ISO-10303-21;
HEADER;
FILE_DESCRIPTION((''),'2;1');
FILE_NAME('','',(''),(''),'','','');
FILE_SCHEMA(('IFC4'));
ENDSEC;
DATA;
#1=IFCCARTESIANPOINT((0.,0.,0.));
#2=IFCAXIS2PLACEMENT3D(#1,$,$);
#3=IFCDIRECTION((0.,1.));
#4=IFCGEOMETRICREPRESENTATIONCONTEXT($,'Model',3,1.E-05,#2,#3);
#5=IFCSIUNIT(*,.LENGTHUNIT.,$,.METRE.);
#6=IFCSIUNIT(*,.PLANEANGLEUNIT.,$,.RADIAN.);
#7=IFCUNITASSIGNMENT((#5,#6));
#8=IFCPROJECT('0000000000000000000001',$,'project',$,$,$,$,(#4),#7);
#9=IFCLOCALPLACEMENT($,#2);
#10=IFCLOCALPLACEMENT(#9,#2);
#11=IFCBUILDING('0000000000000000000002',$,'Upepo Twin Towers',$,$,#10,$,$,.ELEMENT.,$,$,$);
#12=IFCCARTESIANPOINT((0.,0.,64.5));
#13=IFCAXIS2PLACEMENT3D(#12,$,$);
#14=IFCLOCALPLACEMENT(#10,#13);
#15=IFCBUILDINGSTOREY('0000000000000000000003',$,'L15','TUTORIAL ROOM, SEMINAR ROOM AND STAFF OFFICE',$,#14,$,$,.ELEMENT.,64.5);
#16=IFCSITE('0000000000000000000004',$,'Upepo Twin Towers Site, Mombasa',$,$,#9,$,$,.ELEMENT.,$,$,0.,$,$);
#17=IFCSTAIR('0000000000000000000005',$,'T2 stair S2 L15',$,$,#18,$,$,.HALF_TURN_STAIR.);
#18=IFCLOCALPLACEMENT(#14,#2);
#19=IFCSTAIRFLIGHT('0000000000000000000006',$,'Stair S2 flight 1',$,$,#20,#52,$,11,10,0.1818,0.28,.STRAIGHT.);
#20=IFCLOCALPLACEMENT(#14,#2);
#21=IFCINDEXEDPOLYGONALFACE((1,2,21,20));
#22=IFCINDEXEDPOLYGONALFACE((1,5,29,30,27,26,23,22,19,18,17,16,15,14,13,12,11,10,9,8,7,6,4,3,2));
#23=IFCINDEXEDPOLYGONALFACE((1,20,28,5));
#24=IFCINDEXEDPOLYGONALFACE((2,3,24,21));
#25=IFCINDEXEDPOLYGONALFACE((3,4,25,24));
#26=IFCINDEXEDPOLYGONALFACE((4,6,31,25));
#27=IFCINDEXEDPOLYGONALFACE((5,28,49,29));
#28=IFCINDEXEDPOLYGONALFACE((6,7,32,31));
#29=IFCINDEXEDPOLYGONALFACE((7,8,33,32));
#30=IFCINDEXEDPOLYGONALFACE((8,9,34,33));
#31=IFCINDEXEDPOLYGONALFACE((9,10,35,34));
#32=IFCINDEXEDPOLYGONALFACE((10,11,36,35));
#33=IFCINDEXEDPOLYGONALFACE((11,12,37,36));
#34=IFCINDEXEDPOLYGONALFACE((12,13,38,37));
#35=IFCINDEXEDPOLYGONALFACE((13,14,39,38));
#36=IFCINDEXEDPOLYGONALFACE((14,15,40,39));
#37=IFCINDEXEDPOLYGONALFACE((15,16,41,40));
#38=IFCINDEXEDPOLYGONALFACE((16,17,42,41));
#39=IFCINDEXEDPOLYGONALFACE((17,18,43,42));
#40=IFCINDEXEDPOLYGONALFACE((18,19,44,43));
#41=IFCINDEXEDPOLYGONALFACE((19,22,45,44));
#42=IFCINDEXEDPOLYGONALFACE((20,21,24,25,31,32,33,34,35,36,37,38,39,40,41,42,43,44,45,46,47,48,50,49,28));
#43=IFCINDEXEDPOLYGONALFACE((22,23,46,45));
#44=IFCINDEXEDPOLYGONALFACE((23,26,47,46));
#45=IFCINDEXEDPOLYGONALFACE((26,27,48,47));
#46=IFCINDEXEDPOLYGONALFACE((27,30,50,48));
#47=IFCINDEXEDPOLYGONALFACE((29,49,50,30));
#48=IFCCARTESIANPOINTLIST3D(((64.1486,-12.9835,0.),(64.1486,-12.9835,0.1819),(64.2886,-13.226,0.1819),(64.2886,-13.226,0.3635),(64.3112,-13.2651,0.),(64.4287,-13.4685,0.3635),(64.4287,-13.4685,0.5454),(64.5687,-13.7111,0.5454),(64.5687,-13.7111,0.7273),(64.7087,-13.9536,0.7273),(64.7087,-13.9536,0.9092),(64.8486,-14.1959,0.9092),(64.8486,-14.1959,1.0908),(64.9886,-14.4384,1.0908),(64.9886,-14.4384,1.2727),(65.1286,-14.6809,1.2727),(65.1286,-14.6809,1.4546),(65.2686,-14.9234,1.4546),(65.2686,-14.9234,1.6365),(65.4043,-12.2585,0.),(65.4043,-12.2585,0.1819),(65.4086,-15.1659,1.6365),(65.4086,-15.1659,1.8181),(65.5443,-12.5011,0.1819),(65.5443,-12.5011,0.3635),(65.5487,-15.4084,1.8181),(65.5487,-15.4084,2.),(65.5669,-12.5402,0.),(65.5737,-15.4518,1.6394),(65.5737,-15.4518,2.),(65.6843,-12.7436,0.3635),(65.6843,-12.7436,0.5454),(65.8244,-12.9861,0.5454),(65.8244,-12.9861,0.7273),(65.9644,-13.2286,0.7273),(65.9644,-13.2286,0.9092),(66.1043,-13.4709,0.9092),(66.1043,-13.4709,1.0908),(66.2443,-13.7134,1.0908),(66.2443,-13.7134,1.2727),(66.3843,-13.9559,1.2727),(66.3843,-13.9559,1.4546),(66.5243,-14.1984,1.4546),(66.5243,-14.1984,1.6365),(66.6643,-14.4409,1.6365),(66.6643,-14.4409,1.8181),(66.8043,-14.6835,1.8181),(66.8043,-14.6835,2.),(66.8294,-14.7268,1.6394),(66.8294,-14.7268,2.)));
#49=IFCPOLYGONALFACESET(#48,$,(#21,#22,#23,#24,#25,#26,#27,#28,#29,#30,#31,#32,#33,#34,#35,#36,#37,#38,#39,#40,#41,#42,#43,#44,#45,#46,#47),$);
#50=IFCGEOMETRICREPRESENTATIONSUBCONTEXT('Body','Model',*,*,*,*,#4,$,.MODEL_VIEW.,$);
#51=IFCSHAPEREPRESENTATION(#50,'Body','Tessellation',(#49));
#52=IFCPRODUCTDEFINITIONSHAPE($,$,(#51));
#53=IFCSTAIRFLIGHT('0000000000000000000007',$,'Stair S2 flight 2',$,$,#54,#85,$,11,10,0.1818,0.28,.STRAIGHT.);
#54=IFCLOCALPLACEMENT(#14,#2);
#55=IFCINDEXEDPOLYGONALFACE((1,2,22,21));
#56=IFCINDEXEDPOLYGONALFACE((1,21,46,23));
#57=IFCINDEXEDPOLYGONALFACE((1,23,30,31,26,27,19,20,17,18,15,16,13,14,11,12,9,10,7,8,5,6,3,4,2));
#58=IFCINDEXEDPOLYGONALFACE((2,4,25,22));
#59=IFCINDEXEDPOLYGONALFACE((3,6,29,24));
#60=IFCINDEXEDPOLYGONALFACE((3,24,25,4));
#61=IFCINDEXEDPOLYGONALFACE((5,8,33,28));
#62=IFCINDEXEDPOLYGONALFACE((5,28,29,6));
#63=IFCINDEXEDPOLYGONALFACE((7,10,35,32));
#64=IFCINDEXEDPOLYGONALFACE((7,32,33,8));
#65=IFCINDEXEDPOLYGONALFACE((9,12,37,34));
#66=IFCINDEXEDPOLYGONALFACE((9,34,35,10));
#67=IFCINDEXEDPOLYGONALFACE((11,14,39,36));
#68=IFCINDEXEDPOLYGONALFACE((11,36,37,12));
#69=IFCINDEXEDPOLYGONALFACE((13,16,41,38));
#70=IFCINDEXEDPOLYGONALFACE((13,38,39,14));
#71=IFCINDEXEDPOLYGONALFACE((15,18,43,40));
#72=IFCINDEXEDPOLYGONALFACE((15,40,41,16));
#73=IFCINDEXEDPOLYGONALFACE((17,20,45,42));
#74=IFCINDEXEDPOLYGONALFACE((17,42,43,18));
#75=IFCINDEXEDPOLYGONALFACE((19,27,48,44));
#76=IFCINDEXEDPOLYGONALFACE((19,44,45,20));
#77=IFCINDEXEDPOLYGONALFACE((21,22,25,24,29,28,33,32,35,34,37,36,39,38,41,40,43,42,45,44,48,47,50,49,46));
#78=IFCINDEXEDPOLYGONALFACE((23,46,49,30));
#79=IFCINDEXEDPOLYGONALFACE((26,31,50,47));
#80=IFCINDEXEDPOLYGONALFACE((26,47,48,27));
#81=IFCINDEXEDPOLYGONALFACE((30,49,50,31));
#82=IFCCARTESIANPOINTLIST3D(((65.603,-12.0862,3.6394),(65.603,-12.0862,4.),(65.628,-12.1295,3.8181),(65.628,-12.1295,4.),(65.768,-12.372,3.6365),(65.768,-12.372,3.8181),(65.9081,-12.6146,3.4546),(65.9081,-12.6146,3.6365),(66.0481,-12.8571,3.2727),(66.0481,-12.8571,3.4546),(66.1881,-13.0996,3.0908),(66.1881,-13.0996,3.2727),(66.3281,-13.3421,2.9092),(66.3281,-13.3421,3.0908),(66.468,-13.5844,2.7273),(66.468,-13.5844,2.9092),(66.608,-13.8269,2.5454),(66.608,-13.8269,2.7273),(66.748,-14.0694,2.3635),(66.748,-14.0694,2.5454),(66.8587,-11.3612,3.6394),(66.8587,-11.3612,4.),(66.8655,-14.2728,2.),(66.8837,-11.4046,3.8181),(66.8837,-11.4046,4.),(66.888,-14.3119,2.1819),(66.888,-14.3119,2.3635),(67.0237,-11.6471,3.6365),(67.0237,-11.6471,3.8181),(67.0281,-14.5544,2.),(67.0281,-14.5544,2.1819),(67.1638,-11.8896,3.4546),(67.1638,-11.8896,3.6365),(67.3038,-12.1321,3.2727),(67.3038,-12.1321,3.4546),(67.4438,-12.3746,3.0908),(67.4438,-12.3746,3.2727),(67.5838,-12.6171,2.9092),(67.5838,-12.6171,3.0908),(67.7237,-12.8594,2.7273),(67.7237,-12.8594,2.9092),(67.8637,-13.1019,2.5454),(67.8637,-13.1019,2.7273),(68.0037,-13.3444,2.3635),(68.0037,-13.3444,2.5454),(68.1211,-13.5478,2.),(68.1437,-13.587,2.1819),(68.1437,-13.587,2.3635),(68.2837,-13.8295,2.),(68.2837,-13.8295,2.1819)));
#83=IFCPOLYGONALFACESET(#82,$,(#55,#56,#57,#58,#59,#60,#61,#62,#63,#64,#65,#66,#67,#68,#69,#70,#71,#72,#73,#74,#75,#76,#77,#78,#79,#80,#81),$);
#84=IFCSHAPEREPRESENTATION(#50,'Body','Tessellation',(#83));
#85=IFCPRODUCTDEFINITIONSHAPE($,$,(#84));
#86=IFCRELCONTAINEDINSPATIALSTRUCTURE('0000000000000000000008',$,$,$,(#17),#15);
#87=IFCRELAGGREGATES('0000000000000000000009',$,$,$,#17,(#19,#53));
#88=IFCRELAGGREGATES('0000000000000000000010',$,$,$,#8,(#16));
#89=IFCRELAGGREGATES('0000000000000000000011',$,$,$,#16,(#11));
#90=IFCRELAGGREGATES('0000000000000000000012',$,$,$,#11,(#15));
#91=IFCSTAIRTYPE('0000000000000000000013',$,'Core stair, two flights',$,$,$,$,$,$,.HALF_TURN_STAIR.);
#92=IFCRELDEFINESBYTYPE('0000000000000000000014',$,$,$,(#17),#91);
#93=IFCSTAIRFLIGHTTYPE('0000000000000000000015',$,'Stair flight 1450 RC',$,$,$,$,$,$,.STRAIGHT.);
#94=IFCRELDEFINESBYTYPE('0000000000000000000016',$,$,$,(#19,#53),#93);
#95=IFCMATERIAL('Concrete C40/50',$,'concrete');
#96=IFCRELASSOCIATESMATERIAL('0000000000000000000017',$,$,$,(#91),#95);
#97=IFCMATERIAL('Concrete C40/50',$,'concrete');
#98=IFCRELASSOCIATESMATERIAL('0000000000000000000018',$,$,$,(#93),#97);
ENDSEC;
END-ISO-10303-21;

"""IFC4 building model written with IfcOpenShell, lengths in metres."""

from ifc_helpers import new_model, si_unit, direction, frame, origin, place, context, subcontext, project, spatial, polyline, outline, extrude, material, type_object, element, aggregate, save


model = new_model("IFC4")

# Units and contexts
model_context = context("Model", 3, precision=1e-05, world=origin(), true_north=direction((0.0, 1.0)))
body_context = subcontext(model_context, "Body", "Model", "MODEL_VIEW")
ifc_project = project(units=[si_unit("LENGTHUNIT", "METRE"), si_unit("PLANEANGLEUNIT", "RADIAN")], contexts=[model_context])

# Site, building, storey
site_placement = place(None, origin())
site = spatial("IfcSite", under=ifc_project, at=site_placement, Name="Upepo Twin Towers Site, Mombasa", CompositionType="ELEMENT", RefElevation=0.0)
building_placement = place(site_placement, origin())
building = spatial("IfcBuilding", under=site, at=building_placement, Name="Upepo Twin Towers", CompositionType="ELEMENT")
storey_placement = place(building_placement, frame((0.0, 0.0, 64.5)))
storey = spatial("IfcBuildingStorey", under=building, at=storey_placement, Name="L15", Description="TUTORIAL ROOM, SEMINAR ROOM AND STAFF OFFICE", CompositionType="ELEMENT", Elevation=64.5)

# Stair, stair flights
ifc_material_1 = material(Name="Concrete C40/50", Category="concrete")
stair_type = type_object("IfcStairType", Name="Core stair, two flights", PredefinedType="HALF_TURN_STAIR", material=ifc_material_1)
stair_placement = place(storey_placement, origin())
stair = element("IfcStair", 1, at=stair_placement, inside=storey, type_object=stair_type, Name="T2 stair S2 L15", PredefinedType="HALF_TURN_STAIR")
ifc_material_2 = material(Name="Concrete C40/50", Category="concrete")
stair_flight_type = type_object("IfcStairFlightType", Name="Stair flight 1450 RC", PredefinedType="STRAIGHT", material=ifc_material_2)
stair_flight_1_placement = place(storey_placement, frame((64.7764, -12.6211, 0.0), z_axis=(0.0, 0.0, 1.0), x_axis=(0.5, -0.866025, 0.0)))
stair_flight_1 = element("IfcStairFlight", 2, at=stair_flight_1_placement, type_object=stair_flight_type, Name="Stair S2 flight 1", NumberOfRisers=11, NumberOfTreads=10, PredefinedType="STRAIGHT", RiserHeight=0.1818, TreadLength=0.28, context=body_context, shape_type="SweptSolid", body=[
    extrude(outline(polyline([(0.0, 0.0), (0.0, 0.1819), (0.28, 0.1819), (0.28, 0.3635), (0.5601, 0.3635), (0.5601, 0.5454), (0.8401, 0.5454), (0.8401, 0.7273), (1.1201, 0.7273), (1.1201, 0.9092), (1.3999, 0.9092), (1.3999, 1.0908), (1.6799, 1.0908), (1.6799, 1.2727), (1.96, 1.2727), (1.96, 1.4546), (2.24, 1.4546), (2.24, 1.6365), (2.52, 1.6365), (2.52, 1.8181), (2.8, 1.8181), (2.8, 2.0), (2.8501, 2.0), (2.8501, 1.6394), (0.3252, 0.0), (0.0, 0.0)])), frame((0.0, 0.7251, 0.0), z_axis=(0.0, -1.0, 0.0), x_axis=(1.0, 0.0, 0.0)), (0.0, 0.0, 1.0), 1.45),
])
stair_flight_2_placement = place(storey_placement, frame((67.656, -14.1919, 2.0), z_axis=(0.0, 0.0, 1.0), x_axis=(-0.5, 0.866025, 0.0)))
stair_flight_2 = element("IfcStairFlight", 3, at=stair_flight_2_placement, type_object=stair_flight_type, Name="Stair S2 flight 2", NumberOfRisers=11, NumberOfTreads=10, PredefinedType="STRAIGHT", RiserHeight=0.1818, TreadLength=0.28, context=body_context, shape_type="SweptSolid", body=[
    extrude(outline(polyline([(0.0, 0.0), (0.0, 0.1819), (0.28, 0.1819), (0.28, 0.3635), (0.5601, 0.3635), (0.5601, 0.5454), (0.8401, 0.5454), (0.8401, 0.7273), (1.1201, 0.7273), (1.1201, 0.9092), (1.3999, 0.9092), (1.3999, 1.0908), (1.6799, 1.0908), (1.6799, 1.2727), (1.96, 1.2727), (1.96, 1.4546), (2.24, 1.4546), (2.24, 1.6365), (2.52, 1.6365), (2.52, 1.8181), (2.8, 1.8181), (2.8, 2.0), (2.8501, 2.0), (2.8501, 1.6394), (0.3252, 0.0), (0.0, 0.0)])), frame((0.0, 0.7251, 0.0), z_axis=(0.0, -1.0, 0.0), x_axis=(1.0, 0.0, 0.0)), (0.0, 0.0, 1.0), 1.45),
])
aggregate(stair, [stair_flight_1, stair_flight_2])

save(model, "model.ifc")
